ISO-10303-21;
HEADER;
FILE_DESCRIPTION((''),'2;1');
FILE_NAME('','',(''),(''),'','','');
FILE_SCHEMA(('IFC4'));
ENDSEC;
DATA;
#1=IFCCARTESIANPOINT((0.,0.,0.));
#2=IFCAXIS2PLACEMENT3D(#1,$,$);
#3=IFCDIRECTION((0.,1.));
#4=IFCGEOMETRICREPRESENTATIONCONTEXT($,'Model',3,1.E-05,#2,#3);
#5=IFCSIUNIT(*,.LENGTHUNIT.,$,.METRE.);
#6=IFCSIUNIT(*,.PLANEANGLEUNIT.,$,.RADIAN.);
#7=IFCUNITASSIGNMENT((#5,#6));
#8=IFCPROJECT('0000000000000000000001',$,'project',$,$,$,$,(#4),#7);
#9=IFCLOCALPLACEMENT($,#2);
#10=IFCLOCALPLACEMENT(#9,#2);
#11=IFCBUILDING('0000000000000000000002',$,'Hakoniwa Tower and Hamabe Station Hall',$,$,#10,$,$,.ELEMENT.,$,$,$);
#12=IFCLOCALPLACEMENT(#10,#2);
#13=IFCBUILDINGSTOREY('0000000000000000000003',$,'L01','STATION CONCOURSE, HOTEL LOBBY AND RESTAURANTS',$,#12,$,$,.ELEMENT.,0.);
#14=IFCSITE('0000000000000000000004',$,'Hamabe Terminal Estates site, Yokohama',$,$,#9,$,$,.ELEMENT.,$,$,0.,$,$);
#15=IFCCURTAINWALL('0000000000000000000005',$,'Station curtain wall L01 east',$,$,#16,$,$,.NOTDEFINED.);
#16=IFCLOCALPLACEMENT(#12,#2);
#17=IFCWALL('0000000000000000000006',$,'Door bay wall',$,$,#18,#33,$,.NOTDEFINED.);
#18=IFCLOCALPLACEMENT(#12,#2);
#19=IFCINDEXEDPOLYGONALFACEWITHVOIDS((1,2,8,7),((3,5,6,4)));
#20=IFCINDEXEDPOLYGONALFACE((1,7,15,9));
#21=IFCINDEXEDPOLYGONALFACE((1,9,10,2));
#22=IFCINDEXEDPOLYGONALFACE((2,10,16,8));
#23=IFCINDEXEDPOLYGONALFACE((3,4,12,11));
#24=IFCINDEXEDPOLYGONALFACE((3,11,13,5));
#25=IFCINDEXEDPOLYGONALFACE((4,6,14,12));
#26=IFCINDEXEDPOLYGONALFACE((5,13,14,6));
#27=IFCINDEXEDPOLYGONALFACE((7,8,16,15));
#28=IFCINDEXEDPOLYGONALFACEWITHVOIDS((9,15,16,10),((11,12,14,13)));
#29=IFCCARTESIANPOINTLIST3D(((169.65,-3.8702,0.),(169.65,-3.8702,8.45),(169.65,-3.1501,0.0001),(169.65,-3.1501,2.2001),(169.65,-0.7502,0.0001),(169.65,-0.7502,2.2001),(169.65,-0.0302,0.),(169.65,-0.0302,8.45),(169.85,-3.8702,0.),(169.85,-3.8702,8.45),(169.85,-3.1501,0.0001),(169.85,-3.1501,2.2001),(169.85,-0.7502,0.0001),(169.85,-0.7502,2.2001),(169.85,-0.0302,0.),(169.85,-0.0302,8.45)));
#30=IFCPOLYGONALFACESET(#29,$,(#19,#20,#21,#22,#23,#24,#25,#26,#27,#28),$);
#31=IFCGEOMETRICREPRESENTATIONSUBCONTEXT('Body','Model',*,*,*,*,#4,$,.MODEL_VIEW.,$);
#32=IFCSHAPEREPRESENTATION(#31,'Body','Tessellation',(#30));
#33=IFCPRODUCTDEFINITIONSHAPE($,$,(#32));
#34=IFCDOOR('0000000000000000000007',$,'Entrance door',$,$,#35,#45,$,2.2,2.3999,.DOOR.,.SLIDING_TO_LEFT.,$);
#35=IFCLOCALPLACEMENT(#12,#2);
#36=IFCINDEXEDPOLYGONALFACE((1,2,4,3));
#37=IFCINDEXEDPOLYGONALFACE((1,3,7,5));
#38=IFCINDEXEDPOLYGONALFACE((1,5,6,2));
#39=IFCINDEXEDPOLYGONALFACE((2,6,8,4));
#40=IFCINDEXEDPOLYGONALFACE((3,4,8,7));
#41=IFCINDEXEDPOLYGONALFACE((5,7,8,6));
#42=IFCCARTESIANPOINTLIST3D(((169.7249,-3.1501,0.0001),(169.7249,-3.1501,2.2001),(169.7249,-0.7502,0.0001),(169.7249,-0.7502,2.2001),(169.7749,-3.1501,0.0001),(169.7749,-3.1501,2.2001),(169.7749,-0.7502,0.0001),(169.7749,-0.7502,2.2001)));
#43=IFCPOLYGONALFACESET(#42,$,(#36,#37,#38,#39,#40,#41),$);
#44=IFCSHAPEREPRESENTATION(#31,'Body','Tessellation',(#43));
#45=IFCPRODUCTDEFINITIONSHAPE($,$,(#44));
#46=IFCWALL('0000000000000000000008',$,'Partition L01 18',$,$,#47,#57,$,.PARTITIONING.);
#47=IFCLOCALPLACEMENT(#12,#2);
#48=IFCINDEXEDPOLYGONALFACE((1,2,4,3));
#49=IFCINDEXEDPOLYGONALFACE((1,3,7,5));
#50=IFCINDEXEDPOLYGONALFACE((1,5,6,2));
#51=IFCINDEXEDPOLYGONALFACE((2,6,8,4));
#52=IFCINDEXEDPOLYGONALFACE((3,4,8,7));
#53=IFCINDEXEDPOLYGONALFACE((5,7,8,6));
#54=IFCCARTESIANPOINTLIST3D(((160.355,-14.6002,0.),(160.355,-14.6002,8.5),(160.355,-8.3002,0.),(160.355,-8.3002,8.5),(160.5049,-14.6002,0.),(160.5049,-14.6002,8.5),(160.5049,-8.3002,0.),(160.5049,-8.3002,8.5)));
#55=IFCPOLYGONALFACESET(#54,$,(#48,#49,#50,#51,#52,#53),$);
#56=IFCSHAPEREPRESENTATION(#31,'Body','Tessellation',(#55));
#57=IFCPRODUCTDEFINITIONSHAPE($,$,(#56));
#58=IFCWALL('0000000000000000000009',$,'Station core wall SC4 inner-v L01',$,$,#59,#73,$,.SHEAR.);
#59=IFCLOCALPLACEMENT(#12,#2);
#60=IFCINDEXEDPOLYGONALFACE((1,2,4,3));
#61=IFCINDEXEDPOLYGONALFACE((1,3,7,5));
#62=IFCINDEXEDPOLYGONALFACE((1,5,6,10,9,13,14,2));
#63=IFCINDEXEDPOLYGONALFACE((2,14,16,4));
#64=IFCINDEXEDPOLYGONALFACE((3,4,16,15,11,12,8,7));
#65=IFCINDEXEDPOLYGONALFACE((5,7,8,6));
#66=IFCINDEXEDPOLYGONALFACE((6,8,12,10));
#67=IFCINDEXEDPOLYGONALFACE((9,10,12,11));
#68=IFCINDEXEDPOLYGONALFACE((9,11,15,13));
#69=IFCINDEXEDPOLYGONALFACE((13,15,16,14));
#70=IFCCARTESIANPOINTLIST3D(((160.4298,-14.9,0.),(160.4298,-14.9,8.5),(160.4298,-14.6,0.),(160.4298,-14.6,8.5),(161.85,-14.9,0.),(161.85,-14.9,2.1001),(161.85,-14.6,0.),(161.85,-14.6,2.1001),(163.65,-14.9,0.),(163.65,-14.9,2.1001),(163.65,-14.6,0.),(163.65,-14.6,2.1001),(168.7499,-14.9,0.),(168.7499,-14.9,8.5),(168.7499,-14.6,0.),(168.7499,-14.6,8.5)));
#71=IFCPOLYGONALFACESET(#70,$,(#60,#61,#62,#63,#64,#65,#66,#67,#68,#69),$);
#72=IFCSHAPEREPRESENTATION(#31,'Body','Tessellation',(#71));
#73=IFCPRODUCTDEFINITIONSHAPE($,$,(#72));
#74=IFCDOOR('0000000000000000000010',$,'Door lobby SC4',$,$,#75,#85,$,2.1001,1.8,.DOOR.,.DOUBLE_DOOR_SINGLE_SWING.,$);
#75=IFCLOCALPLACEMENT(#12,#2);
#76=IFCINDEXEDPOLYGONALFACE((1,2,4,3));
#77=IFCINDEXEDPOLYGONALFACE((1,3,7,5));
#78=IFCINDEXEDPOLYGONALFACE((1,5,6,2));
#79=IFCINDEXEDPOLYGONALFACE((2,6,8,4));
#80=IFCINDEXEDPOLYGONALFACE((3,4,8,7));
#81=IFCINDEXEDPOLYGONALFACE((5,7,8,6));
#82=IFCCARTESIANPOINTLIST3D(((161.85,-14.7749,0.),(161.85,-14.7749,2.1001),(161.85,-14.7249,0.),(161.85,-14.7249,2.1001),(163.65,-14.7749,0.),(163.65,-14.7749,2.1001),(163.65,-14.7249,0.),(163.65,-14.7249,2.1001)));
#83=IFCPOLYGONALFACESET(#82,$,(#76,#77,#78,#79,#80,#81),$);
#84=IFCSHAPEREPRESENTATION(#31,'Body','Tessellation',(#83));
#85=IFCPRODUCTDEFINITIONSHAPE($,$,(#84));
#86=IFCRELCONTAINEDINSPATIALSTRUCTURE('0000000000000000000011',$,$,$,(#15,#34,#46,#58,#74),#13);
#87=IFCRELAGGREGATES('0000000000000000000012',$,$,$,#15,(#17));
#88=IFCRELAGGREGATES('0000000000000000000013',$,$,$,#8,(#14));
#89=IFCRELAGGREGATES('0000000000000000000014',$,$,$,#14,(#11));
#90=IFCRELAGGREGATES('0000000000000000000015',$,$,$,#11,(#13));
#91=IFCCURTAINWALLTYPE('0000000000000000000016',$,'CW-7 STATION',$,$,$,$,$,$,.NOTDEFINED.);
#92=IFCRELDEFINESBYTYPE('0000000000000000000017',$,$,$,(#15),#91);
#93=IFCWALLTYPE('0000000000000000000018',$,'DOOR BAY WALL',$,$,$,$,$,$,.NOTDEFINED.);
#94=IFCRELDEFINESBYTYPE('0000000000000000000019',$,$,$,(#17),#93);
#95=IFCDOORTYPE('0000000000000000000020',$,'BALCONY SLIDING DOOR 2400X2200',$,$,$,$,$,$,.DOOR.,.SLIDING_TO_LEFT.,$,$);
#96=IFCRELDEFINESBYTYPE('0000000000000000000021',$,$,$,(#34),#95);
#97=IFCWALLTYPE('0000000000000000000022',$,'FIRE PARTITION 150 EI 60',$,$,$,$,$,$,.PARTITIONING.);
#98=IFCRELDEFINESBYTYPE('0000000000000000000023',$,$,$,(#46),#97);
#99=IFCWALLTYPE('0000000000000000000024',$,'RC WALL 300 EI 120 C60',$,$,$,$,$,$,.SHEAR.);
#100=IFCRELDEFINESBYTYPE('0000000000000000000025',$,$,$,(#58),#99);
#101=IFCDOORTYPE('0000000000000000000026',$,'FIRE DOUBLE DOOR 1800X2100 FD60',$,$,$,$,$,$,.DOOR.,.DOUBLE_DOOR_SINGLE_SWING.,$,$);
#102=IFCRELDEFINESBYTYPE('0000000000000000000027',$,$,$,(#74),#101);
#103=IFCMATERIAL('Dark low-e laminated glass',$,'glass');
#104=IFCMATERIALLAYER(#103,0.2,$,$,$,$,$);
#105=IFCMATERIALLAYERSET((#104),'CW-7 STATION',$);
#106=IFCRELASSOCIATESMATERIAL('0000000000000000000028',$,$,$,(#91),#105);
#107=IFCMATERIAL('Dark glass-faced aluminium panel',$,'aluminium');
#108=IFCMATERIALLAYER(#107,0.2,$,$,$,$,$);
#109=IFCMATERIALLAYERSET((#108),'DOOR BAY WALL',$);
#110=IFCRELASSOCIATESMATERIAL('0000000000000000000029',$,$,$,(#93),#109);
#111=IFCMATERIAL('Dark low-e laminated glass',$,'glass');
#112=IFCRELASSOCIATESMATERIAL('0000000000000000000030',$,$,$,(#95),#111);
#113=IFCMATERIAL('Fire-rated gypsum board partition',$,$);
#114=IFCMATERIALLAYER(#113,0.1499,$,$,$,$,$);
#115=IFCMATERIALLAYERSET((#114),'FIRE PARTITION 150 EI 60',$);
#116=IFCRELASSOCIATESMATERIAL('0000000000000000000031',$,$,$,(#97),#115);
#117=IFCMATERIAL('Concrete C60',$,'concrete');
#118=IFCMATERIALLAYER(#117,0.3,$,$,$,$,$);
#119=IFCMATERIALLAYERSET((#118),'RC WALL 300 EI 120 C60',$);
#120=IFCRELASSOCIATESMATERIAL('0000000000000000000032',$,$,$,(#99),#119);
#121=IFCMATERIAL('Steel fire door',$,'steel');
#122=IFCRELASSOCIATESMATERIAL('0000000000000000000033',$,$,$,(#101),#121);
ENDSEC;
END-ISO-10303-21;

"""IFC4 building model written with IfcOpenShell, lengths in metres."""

from ifc_helpers import new_model, si_unit, direction, frame, frame_2d, origin, place, context, subcontext, project, spatial, rectangle, extrude, material, layer, layer_set, type_object, element, fill, aggregate, save


model = new_model("IFC4")

# Units and contexts
model_context = context("Model", 3, precision=1e-05, world=origin(), true_north=direction((0.0, 1.0)))
body_context = subcontext(model_context, "Body", "Model", "MODEL_VIEW")
ifc_project = project(units=[si_unit("LENGTHUNIT", "METRE"), si_unit("PLANEANGLEUNIT", "RADIAN")], contexts=[model_context])

# Site, building, storey
site_placement = place(None, origin())
site = spatial("IfcSite", under=ifc_project, at=site_placement, Name="Hamabe Terminal Estates site, Yokohama", CompositionType="ELEMENT", RefElevation=0.0)
building_placement = place(site_placement, origin())
building = spatial("IfcBuilding", under=site, at=building_placement, Name="Hakoniwa Tower and Hamabe Station Hall", CompositionType="ELEMENT")
storey_placement = place(building_placement, origin())
storey = spatial("IfcBuildingStorey", under=building, at=storey_placement, Name="L01", Description="STATION CONCOURSE, HOTEL LOBBY AND RESTAURANTS", CompositionType="ELEMENT", Elevation=0.0)

# Curtain wall, wall, opening, door
ifc_material_1 = material(Name="Dark low-e laminated glass", Category="glass")
ifc_layer_1 = layer(ifc_material_1, 0.2)
ifc_layer_set_1 = layer_set([ifc_layer_1], Name="CW-7 STATION")
curtain_wall_type = type_object("IfcCurtainWallType", Name="CW-7 STATION", PredefinedType="NOTDEFINED", material=ifc_layer_set_1)
curtain_wall_placement = place(storey_placement, origin())
curtain_wall = element("IfcCurtainWall", 1, at=curtain_wall_placement, inside=storey, type_object=curtain_wall_type, Name="Station curtain wall L01 east", PredefinedType="NOTDEFINED")
ifc_material_2 = material(Name="Dark glass-faced aluminium panel", Category="aluminium")
ifc_layer_2 = layer(ifc_material_2, 0.2)
ifc_layer_set_2 = layer_set([ifc_layer_2], Name="DOOR BAY WALL")
wall_type_1 = type_object("IfcWallType", Name="DOOR BAY WALL", PredefinedType="NOTDEFINED", material=ifc_layer_set_2)
ifc_material_3 = material(Name="Dark low-e laminated glass", Category="glass")
door_type_1 = type_object("IfcDoorType", Name="BALCONY SLIDING DOOR 2400X2200", OperationType="SLIDING_TO_LEFT", PredefinedType="DOOR", material=ifc_material_3)
wall_1_placement = place(storey_placement, frame((169.75, -3.8701, 0.0), z_axis=(0.0, 0.0, 1.0), x_axis=(0.0, 1.0, 0.0)))
wall_1 = element("IfcWall", 2, at=wall_1_placement, type_object=wall_type_1, Name="Door bay wall", PredefinedType="NOTDEFINED", context=body_context, shape_type="SweptSolid", body=[
    extrude(rectangle(XDim=3.8401, YDim=0.2, at=frame_2d((1.9199, 0.0))), origin(), (0.0, 0.0, 1.0), 8.45),
])
opening_1_placement = place(wall_1_placement, frame((0.72, 0.0, 0.0)))
opening_1 = element("IfcOpeningElement", 3, at=opening_1_placement, cuts=wall_1, PredefinedType="OPENING", context=body_context, shape_type="SweptSolid", body=[
    extrude(rectangle(XDim=2.3999, YDim=2.2, at=frame_2d((1.2, 1.1001))), frame((0.0, 0.1099, 0.0), z_axis=(0.0, -1.0, 0.0), x_axis=(1.0, 0.0, 0.0)), (0.0, 0.0, 1.0), 0.22),
])
door_1_placement = place(opening_1_placement, frame((2.3999, 0.0, 0.0), z_axis=(0.0, 0.0, 1.0), x_axis=(-1.0, 0.0, 0.0)))
door_1 = element("IfcDoor", 4, at=door_1_placement, inside=storey, type_object=door_type_1, Name="Entrance door", OperationType="SLIDING_TO_LEFT", OverallHeight=2.2, OverallWidth=2.3999, PredefinedType="DOOR", context=body_context, shape_type="SweptSolid", body=[
    extrude(rectangle(XDim=2.3999, YDim=2.2, at=frame_2d((1.2, 1.1001))), frame((0.0, 0.0249, 0.0), z_axis=(0.0, -1.0, 0.0), x_axis=(1.0, 0.0, 0.0)), (0.0, 0.0, 1.0), 0.05),
])
fill(opening_1, door_1)
aggregate(curtain_wall, [wall_1])

# Wall
ifc_material_4 = material(Name="Fire-rated gypsum board partition")
ifc_layer_3 = layer(ifc_material_4, 0.1499)
ifc_layer_set_3 = layer_set([ifc_layer_3], Name="FIRE PARTITION 150 EI 60")
wall_type_2 = type_object("IfcWallType", Name="FIRE PARTITION 150 EI 60", PredefinedType="PARTITIONING", material=ifc_layer_set_3)
wall_2_placement = place(storey_placement, frame((160.4299, -14.6001, 0.0), z_axis=(0.0, 0.0, 1.0), x_axis=(0.0, 1.0, 0.0)))
element("IfcWall", 5, at=wall_2_placement, inside=storey, type_object=wall_type_2, Name="Partition L01 18", PredefinedType="PARTITIONING", context=body_context, shape_type="SweptSolid", body=[
    extrude(rectangle(XDim=6.3, YDim=0.1499, at=frame_2d((3.1499, 0.0))), origin(), (0.0, 0.0, 1.0), 8.5),
])

# Wall, opening, door
ifc_material_5 = material(Name="Concrete C60", Category="concrete")
ifc_layer_4 = layer(ifc_material_5, 0.3)
ifc_layer_set_4 = layer_set([ifc_layer_4], Name="RC WALL 300 EI 120 C60")
wall_type_3 = type_object("IfcWallType", Name="RC WALL 300 EI 120 C60", PredefinedType="SHEAR", material=ifc_layer_set_4)
wall_3_placement = place(storey_placement, frame((168.75, -14.75, 0.0), z_axis=(0.0, 0.0, 1.0), x_axis=(-1.0, 0.0, 0.0)))
wall_3 = element("IfcWall", 6, at=wall_3_placement, inside=storey, type_object=wall_type_3, Name="Station core wall SC4 inner-v L01", PredefinedType="SHEAR", context=body_context, shape_type="SweptSolid", body=[
    extrude(rectangle(XDim=8.3201, YDim=0.3, at=frame_2d((4.1602, 0.0))), origin(), (0.0, 0.0, 1.0), 8.5),
])
opening_2_placement = place(wall_3_placement, frame((5.1001, 0.0, 0.0)))
opening_2 = element("IfcOpeningElement", 7, at=opening_2_placement, cuts=wall_3, PredefinedType="OPENING", context=body_context, shape_type="SweptSolid", body=[
    extrude(rectangle(XDim=1.8, YDim=2.1001, at=frame_2d((0.8999, 1.05))), frame((0.0, 0.1599, 0.0), z_axis=(0.0, -1.0, 0.0), x_axis=(1.0, 0.0, 0.0)), (0.0, 0.0, 1.0), 0.3201),
])
ifc_material_6 = material(Name="Steel fire door", Category="steel")
door_type_2 = type_object("IfcDoorType", Name="FIRE DOUBLE DOOR 1800X2100 FD60", OperationType="DOUBLE_DOOR_SINGLE_SWING", PredefinedType="DOOR", material=ifc_material_6)
door_2_placement = place(opening_2_placement, origin())
door_2 = element("IfcDoor", 8, at=door_2_placement, inside=storey, type_object=door_type_2, Name="Door lobby SC4", OperationType="DOUBLE_DOOR_SINGLE_SWING", OverallHeight=2.1001, OverallWidth=1.8, PredefinedType="DOOR", context=body_context, shape_type="SweptSolid", body=[
    extrude(rectangle(XDim=1.8, YDim=2.1001, at=frame_2d((0.8999, 1.05))), frame((0.0, 0.0249, 0.0), z_axis=(0.0, -1.0, 0.0), x_axis=(1.0, 0.0, 0.0)), (0.0, 0.0, 1.0), 0.05),
])
fill(opening_2, door_2)

save(model, "model.ifc")
